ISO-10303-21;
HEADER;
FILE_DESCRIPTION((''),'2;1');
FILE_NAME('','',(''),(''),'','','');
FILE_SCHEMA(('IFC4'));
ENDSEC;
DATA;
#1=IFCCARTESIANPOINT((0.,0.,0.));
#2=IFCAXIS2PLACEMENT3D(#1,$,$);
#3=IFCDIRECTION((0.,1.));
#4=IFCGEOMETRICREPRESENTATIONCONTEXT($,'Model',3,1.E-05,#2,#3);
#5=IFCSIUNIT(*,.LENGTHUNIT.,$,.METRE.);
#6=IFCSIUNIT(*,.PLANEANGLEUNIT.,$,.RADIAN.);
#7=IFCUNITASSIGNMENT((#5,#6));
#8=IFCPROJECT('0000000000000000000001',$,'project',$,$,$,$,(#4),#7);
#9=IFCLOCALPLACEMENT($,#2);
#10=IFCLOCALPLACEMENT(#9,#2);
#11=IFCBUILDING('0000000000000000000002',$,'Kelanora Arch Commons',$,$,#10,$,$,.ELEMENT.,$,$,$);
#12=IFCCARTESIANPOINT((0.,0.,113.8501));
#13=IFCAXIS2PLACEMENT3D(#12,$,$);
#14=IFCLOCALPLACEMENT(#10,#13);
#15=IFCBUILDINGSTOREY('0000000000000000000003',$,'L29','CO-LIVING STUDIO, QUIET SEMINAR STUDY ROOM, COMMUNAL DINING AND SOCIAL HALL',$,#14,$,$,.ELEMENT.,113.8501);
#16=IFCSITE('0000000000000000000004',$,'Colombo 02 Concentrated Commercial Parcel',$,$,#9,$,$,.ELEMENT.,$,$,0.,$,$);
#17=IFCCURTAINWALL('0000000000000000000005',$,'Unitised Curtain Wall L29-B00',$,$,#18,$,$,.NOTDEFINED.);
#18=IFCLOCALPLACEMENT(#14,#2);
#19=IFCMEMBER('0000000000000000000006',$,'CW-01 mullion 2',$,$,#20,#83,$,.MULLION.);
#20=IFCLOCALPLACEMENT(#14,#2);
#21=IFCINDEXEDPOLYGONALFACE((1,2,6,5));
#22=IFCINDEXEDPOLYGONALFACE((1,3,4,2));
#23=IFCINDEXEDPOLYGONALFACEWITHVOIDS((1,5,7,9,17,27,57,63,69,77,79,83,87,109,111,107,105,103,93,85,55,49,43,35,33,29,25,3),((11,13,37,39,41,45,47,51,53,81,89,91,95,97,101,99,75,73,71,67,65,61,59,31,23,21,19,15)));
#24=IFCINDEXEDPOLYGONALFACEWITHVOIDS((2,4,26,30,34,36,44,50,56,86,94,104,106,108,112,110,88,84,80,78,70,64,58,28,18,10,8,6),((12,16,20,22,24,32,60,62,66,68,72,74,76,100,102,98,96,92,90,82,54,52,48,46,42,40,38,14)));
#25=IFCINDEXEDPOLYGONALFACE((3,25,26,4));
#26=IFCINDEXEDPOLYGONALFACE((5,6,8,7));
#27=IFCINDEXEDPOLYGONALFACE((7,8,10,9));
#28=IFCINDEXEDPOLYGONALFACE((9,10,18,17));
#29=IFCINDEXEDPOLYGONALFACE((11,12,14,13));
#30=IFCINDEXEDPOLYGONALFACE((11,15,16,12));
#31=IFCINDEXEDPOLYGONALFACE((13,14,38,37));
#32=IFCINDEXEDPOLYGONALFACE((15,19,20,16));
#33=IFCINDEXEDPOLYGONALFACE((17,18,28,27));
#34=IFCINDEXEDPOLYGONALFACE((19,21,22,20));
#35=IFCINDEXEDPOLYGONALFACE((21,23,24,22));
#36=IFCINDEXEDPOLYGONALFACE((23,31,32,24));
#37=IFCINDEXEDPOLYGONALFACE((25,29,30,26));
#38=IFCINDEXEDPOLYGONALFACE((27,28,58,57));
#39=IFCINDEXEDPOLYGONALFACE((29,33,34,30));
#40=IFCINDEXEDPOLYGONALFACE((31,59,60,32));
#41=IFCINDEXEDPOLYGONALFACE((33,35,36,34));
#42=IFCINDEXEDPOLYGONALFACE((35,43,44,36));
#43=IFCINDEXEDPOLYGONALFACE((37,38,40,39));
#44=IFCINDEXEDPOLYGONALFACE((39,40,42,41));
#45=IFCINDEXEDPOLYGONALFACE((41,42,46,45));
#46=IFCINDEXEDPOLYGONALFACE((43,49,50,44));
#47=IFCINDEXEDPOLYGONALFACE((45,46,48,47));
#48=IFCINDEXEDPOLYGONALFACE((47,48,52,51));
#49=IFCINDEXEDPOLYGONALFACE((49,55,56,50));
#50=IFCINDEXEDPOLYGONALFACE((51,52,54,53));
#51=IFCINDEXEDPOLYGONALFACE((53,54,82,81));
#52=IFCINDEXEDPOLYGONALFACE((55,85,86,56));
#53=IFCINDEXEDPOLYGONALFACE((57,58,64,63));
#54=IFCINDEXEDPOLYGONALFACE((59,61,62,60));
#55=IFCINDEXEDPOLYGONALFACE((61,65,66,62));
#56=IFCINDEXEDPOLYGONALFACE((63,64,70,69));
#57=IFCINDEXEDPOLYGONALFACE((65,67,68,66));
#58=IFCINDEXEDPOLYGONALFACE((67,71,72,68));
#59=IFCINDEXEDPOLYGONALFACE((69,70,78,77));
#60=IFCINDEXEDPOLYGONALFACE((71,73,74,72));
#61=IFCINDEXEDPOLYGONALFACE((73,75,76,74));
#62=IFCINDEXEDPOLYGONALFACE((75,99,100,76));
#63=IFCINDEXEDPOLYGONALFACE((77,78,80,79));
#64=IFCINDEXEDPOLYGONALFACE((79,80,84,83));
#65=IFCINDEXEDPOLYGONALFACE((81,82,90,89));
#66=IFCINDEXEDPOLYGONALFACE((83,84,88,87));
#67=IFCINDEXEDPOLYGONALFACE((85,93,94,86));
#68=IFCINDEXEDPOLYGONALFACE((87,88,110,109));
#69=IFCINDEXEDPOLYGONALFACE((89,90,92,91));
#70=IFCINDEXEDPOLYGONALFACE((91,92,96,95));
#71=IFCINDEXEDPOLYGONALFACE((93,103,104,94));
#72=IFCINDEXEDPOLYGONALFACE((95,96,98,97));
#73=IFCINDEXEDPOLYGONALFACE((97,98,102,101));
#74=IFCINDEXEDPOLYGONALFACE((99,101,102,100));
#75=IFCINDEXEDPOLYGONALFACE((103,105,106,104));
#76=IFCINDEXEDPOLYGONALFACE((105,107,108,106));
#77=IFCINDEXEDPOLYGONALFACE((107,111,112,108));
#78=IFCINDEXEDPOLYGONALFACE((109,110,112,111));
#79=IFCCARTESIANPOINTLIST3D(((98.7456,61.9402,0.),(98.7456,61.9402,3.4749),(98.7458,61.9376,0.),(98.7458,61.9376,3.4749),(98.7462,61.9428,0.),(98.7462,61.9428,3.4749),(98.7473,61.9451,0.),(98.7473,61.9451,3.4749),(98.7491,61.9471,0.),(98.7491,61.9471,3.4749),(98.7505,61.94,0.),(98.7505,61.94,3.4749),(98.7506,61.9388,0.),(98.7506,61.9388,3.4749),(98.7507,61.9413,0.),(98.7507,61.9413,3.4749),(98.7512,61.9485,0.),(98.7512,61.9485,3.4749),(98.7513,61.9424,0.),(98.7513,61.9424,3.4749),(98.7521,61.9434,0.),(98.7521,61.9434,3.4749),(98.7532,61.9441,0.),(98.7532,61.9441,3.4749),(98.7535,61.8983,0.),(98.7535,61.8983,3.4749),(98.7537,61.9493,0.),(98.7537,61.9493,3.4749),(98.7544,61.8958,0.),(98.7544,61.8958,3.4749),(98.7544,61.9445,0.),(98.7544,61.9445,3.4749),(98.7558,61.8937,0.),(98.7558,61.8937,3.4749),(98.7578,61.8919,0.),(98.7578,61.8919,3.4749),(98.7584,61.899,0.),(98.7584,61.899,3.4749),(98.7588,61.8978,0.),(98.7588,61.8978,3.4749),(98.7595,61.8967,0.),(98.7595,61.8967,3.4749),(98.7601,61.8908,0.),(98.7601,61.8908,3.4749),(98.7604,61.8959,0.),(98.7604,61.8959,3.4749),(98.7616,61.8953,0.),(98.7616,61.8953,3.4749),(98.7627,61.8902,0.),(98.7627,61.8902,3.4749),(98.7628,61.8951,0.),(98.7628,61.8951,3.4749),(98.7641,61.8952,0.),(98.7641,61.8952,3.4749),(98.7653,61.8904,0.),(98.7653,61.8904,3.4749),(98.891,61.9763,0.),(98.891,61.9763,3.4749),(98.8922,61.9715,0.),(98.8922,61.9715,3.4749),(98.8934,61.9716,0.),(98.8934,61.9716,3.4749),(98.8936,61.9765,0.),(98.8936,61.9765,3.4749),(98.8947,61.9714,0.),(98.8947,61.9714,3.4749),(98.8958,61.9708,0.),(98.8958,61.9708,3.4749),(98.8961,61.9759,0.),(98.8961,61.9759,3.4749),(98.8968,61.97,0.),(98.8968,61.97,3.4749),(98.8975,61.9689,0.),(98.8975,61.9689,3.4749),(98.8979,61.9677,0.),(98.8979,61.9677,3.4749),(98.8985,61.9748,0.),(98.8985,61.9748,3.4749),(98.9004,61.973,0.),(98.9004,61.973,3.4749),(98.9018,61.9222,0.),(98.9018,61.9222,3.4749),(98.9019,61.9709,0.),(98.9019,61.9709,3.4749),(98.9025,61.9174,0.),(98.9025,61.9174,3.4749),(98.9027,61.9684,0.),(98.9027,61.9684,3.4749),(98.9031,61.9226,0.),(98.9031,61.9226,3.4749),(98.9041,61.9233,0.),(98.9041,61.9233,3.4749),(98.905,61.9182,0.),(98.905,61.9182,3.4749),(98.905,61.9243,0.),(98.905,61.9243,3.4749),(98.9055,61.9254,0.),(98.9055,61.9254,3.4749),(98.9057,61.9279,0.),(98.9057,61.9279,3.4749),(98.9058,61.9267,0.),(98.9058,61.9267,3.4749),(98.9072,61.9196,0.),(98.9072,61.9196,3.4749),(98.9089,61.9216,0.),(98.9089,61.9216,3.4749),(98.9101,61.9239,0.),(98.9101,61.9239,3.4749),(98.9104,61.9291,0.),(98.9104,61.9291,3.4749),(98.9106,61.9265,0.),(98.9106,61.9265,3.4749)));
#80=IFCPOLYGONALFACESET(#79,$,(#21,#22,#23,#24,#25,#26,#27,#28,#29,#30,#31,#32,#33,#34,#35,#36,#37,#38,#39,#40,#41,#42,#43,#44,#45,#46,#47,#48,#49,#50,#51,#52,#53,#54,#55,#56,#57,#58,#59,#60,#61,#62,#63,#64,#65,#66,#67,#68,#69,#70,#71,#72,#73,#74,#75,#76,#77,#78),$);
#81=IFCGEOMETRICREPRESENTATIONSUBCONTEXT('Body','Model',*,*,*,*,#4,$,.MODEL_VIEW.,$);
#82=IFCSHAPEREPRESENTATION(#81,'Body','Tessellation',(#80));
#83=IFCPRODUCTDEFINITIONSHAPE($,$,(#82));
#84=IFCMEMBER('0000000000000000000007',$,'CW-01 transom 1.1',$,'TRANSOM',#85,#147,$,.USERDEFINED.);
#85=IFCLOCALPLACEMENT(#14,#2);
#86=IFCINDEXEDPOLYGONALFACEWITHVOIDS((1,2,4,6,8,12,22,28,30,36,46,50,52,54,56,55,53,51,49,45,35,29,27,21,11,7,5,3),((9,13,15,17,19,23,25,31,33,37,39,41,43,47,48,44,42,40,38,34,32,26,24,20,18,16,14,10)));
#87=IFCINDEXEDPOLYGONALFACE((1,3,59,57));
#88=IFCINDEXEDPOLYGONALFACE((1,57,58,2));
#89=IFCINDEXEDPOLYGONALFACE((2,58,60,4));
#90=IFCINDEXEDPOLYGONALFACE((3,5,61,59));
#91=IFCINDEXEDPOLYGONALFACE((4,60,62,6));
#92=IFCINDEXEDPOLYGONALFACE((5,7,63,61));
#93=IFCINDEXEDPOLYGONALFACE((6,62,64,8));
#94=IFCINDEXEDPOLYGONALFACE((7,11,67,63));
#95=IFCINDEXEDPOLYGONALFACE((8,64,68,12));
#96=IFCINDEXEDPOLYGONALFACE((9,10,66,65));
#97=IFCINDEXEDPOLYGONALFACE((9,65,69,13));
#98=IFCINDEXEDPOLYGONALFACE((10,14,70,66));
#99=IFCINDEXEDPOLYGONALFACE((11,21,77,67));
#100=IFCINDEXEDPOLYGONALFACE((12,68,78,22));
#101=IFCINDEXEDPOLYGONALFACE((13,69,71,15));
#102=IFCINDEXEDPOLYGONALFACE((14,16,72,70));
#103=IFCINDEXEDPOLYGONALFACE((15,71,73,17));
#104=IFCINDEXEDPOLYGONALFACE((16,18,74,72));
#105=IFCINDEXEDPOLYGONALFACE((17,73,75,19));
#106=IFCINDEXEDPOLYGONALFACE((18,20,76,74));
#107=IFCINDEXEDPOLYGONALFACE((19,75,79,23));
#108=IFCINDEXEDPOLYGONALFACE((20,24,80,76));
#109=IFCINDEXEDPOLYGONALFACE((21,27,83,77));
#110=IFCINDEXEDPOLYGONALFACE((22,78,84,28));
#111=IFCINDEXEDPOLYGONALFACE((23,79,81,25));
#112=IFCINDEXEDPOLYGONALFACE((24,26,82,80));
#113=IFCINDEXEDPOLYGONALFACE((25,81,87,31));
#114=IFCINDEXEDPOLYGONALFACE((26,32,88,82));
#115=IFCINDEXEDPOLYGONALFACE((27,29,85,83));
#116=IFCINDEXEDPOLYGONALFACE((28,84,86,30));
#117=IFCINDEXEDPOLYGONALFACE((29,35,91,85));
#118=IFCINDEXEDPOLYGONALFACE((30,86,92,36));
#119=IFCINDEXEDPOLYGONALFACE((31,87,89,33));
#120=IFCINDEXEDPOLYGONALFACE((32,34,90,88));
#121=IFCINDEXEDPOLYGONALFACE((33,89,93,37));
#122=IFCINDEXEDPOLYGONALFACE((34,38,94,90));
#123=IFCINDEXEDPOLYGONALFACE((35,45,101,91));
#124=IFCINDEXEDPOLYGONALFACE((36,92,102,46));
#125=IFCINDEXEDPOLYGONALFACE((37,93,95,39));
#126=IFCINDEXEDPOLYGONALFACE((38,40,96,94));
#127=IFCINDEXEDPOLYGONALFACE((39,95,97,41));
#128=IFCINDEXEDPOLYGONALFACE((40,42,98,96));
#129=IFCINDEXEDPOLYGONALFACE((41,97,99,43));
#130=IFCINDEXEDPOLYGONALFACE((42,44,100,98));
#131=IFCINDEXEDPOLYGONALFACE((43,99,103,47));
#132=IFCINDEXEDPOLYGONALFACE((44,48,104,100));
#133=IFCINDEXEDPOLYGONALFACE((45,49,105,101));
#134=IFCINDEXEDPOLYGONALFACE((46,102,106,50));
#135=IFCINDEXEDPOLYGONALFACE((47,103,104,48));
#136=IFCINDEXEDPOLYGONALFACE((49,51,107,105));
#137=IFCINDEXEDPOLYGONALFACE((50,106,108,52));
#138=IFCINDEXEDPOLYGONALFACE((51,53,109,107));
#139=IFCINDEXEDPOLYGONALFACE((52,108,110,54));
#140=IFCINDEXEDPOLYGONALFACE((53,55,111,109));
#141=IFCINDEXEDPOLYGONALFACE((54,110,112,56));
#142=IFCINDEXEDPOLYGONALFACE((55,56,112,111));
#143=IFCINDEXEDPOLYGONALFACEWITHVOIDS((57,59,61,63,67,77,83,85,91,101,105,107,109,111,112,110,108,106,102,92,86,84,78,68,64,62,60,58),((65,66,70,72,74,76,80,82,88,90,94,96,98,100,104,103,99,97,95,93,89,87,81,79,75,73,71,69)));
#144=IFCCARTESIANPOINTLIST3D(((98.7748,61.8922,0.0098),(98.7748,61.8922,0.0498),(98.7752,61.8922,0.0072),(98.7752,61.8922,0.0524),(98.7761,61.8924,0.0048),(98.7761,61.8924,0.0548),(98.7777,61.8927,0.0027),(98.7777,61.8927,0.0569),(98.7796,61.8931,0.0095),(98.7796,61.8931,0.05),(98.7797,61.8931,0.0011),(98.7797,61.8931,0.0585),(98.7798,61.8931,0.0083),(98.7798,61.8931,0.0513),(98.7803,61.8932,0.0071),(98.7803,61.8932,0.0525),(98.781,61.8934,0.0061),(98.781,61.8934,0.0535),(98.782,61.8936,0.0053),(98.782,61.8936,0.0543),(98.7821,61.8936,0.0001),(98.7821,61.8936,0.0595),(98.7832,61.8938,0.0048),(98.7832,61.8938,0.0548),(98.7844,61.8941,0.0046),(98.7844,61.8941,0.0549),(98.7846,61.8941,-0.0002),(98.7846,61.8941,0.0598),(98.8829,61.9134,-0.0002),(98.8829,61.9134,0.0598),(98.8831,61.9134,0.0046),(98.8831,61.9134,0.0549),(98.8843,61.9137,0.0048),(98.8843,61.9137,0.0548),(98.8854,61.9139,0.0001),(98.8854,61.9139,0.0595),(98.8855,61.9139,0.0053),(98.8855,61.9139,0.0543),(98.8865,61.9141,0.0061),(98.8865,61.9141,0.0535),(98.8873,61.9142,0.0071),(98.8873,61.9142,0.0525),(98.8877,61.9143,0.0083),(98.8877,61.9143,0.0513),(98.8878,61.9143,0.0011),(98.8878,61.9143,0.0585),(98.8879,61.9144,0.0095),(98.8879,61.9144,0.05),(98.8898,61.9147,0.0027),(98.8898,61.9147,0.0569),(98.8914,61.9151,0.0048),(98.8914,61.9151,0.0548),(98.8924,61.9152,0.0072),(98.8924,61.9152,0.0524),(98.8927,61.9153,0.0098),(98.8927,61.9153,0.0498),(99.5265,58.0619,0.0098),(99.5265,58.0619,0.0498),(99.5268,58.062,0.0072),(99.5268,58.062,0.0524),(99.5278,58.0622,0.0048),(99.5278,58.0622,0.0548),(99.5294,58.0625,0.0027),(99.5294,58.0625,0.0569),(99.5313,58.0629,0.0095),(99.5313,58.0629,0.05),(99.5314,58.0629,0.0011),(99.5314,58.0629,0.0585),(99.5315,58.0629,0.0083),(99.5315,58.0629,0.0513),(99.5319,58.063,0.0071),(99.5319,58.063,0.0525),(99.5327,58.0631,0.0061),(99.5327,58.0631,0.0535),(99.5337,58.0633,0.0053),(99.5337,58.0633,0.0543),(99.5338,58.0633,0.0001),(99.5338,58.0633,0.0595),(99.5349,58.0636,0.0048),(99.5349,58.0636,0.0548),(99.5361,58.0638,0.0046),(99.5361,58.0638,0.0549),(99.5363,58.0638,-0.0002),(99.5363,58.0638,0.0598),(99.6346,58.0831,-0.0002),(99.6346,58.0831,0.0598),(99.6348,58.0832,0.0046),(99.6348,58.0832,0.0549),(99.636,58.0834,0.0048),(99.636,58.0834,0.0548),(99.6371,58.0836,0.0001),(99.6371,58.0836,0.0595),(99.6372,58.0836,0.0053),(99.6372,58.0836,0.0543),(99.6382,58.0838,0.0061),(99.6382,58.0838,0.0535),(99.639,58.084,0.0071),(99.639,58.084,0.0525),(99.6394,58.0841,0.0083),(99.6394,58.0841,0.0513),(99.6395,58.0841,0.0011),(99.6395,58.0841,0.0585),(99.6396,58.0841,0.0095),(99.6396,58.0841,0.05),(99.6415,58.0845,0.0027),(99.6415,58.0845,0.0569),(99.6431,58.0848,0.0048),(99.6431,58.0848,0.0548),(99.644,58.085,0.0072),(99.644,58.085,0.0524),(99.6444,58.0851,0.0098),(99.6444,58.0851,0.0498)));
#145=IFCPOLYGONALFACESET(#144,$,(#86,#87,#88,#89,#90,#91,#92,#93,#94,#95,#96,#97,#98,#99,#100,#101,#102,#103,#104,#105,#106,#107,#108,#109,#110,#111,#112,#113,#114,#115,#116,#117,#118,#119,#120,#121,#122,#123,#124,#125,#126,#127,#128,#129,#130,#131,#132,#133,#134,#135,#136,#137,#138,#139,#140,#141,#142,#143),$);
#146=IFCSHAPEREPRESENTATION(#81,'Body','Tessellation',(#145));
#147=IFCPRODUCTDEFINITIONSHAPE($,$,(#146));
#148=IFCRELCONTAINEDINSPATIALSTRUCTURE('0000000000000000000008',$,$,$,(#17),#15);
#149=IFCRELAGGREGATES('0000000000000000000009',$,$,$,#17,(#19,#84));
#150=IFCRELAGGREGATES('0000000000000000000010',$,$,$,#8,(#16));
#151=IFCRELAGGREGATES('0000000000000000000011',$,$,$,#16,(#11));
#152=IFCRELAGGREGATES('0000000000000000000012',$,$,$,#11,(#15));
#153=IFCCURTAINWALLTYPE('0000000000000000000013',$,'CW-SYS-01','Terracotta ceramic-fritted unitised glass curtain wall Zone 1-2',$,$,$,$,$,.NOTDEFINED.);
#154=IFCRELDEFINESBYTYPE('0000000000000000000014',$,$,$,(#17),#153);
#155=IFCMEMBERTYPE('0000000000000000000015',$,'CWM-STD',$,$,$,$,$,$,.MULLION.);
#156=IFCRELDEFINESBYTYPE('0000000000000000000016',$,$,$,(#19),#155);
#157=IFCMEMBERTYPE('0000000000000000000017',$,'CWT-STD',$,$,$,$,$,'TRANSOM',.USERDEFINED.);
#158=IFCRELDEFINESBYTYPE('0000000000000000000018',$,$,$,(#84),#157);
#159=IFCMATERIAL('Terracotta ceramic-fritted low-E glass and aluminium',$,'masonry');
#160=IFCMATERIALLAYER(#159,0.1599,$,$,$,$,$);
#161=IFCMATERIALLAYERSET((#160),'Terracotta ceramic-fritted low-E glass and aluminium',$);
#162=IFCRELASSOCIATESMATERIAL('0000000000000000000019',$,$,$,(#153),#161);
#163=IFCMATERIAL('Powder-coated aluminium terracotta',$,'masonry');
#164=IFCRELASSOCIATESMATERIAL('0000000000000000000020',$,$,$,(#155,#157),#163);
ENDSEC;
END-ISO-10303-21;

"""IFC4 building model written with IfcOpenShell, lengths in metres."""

from ifc_helpers import new_model, si_unit, direction, frame, origin, origin_2d, place, context, subcontext, project, spatial, hollow_rectangle, extrude, material, layer, layer_set, material_profile, profile_set, type_object, element, aggregate, save


model = new_model("IFC4")

# Units and contexts
model_context = context("Model", 3, precision=1e-05, world=origin(), true_north=direction((0.0, 1.0)))
body_context = subcontext(model_context, "Body", "Model", "MODEL_VIEW")
ifc_project = project(units=[si_unit("LENGTHUNIT", "METRE"), si_unit("PLANEANGLEUNIT", "RADIAN")], contexts=[model_context])

# Site, building, storey
site_placement = place(None, origin())
site = spatial("IfcSite", under=ifc_project, at=site_placement, Name="Colombo 02 Concentrated Commercial Parcel", CompositionType="ELEMENT", RefElevation=0.0)
building_placement = place(site_placement, origin())
building = spatial("IfcBuilding", under=site, at=building_placement, Name="Kelanora Arch Commons", CompositionType="ELEMENT")
storey_placement = place(building_placement, frame((0.0, 0.0, 113.8501)))
storey = spatial("IfcBuildingStorey", under=building, at=storey_placement, Name="L29", Description="CO-LIVING STUDIO, QUIET SEMINAR STUDY ROOM, COMMUNAL DINING AND SOCIAL HALL", CompositionType="ELEMENT", Elevation=113.8501)

# Curtain wall, members
ifc_material_1 = material(Name="Terracotta ceramic-fritted low-E glass and aluminium", Category="masonry")
ifc_layer_1 = layer(ifc_material_1, 0.1599)
ifc_layer_set_1 = layer_set([ifc_layer_1], Name="Terracotta ceramic-fritted low-E glass and aluminium")
curtain_wall_type = type_object("IfcCurtainWallType", Name="CW-SYS-01", Description="Terracotta ceramic-fritted unitised glass curtain wall Zone 1-2", PredefinedType="NOTDEFINED", material=ifc_layer_set_1)
curtain_wall_placement = place(storey_placement, origin())
curtain_wall = element("IfcCurtainWall", 1, at=curtain_wall_placement, inside=storey, type_object=curtain_wall_type, Name="Unitised Curtain Wall L29-B00", PredefinedType="NOTDEFINED")
ifc_material_2 = material(Name="Powder-coated aluminium terracotta", Category="masonry")
ifc_material_profile_1 = material_profile(ifc_material_2, hollow_rectangle(XDim=0.1599, YDim=0.0601, WallThickness=0.0049, InnerFilletRadius=0.0049, OuterFilletRadius=0.01, at=origin_2d()), Name="CWM160x60")
ifc_profile_set_1 = profile_set([ifc_material_profile_1], Name="Powder-coated aluminium terracotta")
member_type_1 = type_object("IfcMemberType", Name="CWM-STD", PredefinedType="MULLION", material=ifc_profile_set_1)
member_1_placement = place(storey_placement, frame((98.8281, 61.9333, 0.0), z_axis=(0.0, 0.0, 1.0), x_axis=(-0.98128, -0.192585, 0.0)))
member_1 = element("IfcMember", 2, at=member_1_placement, type_object=member_type_1, Name="CW-01 mullion 2", PredefinedType="MULLION", context=body_context, shape_type="SweptSolid", body=[
    extrude(hollow_rectangle(XDim=0.1599, YDim=0.0601, WallThickness=0.0049, InnerFilletRadius=0.0049, OuterFilletRadius=0.01, at=origin_2d()), origin(), (0.0, 0.0, 1.0), 3.4749),
])
ifc_material_profile_2 = material_profile(ifc_material_2, hollow_rectangle(XDim=0.1201, YDim=0.0601, WallThickness=0.0049, InnerFilletRadius=0.0049, OuterFilletRadius=0.01, at=origin_2d()), Name="CWT120x60")
ifc_profile_set_2 = profile_set([ifc_material_profile_2], Name="Powder-coated aluminium terracotta")
member_type_2 = type_object("IfcMemberType", Name="CWT-STD", ElementType="TRANSOM", PredefinedType="USERDEFINED", material=ifc_profile_set_2)
member_2_placement = place(storey_placement, frame((99.5854, 58.0735, 0.0298), z_axis=(-0.192579, 0.981282, 0.0), x_axis=(-0.981282, -0.192579, 0.0)))
member_2 = element("IfcMember", 3, at=member_2_placement, type_object=member_type_2, Name="CW-01 transom 1.1", ObjectType="TRANSOM", PredefinedType="USERDEFINED", context=body_context, shape_type="SweptSolid", body=[
    extrude(hollow_rectangle(XDim=0.1201, YDim=0.0601, WallThickness=0.0049, InnerFilletRadius=0.0049, OuterFilletRadius=0.01, at=origin_2d()), origin(), (0.0, 0.0, 1.0), 3.9033),
])
aggregate(curtain_wall, [member_1, member_2])

save(model, "model.ifc")
